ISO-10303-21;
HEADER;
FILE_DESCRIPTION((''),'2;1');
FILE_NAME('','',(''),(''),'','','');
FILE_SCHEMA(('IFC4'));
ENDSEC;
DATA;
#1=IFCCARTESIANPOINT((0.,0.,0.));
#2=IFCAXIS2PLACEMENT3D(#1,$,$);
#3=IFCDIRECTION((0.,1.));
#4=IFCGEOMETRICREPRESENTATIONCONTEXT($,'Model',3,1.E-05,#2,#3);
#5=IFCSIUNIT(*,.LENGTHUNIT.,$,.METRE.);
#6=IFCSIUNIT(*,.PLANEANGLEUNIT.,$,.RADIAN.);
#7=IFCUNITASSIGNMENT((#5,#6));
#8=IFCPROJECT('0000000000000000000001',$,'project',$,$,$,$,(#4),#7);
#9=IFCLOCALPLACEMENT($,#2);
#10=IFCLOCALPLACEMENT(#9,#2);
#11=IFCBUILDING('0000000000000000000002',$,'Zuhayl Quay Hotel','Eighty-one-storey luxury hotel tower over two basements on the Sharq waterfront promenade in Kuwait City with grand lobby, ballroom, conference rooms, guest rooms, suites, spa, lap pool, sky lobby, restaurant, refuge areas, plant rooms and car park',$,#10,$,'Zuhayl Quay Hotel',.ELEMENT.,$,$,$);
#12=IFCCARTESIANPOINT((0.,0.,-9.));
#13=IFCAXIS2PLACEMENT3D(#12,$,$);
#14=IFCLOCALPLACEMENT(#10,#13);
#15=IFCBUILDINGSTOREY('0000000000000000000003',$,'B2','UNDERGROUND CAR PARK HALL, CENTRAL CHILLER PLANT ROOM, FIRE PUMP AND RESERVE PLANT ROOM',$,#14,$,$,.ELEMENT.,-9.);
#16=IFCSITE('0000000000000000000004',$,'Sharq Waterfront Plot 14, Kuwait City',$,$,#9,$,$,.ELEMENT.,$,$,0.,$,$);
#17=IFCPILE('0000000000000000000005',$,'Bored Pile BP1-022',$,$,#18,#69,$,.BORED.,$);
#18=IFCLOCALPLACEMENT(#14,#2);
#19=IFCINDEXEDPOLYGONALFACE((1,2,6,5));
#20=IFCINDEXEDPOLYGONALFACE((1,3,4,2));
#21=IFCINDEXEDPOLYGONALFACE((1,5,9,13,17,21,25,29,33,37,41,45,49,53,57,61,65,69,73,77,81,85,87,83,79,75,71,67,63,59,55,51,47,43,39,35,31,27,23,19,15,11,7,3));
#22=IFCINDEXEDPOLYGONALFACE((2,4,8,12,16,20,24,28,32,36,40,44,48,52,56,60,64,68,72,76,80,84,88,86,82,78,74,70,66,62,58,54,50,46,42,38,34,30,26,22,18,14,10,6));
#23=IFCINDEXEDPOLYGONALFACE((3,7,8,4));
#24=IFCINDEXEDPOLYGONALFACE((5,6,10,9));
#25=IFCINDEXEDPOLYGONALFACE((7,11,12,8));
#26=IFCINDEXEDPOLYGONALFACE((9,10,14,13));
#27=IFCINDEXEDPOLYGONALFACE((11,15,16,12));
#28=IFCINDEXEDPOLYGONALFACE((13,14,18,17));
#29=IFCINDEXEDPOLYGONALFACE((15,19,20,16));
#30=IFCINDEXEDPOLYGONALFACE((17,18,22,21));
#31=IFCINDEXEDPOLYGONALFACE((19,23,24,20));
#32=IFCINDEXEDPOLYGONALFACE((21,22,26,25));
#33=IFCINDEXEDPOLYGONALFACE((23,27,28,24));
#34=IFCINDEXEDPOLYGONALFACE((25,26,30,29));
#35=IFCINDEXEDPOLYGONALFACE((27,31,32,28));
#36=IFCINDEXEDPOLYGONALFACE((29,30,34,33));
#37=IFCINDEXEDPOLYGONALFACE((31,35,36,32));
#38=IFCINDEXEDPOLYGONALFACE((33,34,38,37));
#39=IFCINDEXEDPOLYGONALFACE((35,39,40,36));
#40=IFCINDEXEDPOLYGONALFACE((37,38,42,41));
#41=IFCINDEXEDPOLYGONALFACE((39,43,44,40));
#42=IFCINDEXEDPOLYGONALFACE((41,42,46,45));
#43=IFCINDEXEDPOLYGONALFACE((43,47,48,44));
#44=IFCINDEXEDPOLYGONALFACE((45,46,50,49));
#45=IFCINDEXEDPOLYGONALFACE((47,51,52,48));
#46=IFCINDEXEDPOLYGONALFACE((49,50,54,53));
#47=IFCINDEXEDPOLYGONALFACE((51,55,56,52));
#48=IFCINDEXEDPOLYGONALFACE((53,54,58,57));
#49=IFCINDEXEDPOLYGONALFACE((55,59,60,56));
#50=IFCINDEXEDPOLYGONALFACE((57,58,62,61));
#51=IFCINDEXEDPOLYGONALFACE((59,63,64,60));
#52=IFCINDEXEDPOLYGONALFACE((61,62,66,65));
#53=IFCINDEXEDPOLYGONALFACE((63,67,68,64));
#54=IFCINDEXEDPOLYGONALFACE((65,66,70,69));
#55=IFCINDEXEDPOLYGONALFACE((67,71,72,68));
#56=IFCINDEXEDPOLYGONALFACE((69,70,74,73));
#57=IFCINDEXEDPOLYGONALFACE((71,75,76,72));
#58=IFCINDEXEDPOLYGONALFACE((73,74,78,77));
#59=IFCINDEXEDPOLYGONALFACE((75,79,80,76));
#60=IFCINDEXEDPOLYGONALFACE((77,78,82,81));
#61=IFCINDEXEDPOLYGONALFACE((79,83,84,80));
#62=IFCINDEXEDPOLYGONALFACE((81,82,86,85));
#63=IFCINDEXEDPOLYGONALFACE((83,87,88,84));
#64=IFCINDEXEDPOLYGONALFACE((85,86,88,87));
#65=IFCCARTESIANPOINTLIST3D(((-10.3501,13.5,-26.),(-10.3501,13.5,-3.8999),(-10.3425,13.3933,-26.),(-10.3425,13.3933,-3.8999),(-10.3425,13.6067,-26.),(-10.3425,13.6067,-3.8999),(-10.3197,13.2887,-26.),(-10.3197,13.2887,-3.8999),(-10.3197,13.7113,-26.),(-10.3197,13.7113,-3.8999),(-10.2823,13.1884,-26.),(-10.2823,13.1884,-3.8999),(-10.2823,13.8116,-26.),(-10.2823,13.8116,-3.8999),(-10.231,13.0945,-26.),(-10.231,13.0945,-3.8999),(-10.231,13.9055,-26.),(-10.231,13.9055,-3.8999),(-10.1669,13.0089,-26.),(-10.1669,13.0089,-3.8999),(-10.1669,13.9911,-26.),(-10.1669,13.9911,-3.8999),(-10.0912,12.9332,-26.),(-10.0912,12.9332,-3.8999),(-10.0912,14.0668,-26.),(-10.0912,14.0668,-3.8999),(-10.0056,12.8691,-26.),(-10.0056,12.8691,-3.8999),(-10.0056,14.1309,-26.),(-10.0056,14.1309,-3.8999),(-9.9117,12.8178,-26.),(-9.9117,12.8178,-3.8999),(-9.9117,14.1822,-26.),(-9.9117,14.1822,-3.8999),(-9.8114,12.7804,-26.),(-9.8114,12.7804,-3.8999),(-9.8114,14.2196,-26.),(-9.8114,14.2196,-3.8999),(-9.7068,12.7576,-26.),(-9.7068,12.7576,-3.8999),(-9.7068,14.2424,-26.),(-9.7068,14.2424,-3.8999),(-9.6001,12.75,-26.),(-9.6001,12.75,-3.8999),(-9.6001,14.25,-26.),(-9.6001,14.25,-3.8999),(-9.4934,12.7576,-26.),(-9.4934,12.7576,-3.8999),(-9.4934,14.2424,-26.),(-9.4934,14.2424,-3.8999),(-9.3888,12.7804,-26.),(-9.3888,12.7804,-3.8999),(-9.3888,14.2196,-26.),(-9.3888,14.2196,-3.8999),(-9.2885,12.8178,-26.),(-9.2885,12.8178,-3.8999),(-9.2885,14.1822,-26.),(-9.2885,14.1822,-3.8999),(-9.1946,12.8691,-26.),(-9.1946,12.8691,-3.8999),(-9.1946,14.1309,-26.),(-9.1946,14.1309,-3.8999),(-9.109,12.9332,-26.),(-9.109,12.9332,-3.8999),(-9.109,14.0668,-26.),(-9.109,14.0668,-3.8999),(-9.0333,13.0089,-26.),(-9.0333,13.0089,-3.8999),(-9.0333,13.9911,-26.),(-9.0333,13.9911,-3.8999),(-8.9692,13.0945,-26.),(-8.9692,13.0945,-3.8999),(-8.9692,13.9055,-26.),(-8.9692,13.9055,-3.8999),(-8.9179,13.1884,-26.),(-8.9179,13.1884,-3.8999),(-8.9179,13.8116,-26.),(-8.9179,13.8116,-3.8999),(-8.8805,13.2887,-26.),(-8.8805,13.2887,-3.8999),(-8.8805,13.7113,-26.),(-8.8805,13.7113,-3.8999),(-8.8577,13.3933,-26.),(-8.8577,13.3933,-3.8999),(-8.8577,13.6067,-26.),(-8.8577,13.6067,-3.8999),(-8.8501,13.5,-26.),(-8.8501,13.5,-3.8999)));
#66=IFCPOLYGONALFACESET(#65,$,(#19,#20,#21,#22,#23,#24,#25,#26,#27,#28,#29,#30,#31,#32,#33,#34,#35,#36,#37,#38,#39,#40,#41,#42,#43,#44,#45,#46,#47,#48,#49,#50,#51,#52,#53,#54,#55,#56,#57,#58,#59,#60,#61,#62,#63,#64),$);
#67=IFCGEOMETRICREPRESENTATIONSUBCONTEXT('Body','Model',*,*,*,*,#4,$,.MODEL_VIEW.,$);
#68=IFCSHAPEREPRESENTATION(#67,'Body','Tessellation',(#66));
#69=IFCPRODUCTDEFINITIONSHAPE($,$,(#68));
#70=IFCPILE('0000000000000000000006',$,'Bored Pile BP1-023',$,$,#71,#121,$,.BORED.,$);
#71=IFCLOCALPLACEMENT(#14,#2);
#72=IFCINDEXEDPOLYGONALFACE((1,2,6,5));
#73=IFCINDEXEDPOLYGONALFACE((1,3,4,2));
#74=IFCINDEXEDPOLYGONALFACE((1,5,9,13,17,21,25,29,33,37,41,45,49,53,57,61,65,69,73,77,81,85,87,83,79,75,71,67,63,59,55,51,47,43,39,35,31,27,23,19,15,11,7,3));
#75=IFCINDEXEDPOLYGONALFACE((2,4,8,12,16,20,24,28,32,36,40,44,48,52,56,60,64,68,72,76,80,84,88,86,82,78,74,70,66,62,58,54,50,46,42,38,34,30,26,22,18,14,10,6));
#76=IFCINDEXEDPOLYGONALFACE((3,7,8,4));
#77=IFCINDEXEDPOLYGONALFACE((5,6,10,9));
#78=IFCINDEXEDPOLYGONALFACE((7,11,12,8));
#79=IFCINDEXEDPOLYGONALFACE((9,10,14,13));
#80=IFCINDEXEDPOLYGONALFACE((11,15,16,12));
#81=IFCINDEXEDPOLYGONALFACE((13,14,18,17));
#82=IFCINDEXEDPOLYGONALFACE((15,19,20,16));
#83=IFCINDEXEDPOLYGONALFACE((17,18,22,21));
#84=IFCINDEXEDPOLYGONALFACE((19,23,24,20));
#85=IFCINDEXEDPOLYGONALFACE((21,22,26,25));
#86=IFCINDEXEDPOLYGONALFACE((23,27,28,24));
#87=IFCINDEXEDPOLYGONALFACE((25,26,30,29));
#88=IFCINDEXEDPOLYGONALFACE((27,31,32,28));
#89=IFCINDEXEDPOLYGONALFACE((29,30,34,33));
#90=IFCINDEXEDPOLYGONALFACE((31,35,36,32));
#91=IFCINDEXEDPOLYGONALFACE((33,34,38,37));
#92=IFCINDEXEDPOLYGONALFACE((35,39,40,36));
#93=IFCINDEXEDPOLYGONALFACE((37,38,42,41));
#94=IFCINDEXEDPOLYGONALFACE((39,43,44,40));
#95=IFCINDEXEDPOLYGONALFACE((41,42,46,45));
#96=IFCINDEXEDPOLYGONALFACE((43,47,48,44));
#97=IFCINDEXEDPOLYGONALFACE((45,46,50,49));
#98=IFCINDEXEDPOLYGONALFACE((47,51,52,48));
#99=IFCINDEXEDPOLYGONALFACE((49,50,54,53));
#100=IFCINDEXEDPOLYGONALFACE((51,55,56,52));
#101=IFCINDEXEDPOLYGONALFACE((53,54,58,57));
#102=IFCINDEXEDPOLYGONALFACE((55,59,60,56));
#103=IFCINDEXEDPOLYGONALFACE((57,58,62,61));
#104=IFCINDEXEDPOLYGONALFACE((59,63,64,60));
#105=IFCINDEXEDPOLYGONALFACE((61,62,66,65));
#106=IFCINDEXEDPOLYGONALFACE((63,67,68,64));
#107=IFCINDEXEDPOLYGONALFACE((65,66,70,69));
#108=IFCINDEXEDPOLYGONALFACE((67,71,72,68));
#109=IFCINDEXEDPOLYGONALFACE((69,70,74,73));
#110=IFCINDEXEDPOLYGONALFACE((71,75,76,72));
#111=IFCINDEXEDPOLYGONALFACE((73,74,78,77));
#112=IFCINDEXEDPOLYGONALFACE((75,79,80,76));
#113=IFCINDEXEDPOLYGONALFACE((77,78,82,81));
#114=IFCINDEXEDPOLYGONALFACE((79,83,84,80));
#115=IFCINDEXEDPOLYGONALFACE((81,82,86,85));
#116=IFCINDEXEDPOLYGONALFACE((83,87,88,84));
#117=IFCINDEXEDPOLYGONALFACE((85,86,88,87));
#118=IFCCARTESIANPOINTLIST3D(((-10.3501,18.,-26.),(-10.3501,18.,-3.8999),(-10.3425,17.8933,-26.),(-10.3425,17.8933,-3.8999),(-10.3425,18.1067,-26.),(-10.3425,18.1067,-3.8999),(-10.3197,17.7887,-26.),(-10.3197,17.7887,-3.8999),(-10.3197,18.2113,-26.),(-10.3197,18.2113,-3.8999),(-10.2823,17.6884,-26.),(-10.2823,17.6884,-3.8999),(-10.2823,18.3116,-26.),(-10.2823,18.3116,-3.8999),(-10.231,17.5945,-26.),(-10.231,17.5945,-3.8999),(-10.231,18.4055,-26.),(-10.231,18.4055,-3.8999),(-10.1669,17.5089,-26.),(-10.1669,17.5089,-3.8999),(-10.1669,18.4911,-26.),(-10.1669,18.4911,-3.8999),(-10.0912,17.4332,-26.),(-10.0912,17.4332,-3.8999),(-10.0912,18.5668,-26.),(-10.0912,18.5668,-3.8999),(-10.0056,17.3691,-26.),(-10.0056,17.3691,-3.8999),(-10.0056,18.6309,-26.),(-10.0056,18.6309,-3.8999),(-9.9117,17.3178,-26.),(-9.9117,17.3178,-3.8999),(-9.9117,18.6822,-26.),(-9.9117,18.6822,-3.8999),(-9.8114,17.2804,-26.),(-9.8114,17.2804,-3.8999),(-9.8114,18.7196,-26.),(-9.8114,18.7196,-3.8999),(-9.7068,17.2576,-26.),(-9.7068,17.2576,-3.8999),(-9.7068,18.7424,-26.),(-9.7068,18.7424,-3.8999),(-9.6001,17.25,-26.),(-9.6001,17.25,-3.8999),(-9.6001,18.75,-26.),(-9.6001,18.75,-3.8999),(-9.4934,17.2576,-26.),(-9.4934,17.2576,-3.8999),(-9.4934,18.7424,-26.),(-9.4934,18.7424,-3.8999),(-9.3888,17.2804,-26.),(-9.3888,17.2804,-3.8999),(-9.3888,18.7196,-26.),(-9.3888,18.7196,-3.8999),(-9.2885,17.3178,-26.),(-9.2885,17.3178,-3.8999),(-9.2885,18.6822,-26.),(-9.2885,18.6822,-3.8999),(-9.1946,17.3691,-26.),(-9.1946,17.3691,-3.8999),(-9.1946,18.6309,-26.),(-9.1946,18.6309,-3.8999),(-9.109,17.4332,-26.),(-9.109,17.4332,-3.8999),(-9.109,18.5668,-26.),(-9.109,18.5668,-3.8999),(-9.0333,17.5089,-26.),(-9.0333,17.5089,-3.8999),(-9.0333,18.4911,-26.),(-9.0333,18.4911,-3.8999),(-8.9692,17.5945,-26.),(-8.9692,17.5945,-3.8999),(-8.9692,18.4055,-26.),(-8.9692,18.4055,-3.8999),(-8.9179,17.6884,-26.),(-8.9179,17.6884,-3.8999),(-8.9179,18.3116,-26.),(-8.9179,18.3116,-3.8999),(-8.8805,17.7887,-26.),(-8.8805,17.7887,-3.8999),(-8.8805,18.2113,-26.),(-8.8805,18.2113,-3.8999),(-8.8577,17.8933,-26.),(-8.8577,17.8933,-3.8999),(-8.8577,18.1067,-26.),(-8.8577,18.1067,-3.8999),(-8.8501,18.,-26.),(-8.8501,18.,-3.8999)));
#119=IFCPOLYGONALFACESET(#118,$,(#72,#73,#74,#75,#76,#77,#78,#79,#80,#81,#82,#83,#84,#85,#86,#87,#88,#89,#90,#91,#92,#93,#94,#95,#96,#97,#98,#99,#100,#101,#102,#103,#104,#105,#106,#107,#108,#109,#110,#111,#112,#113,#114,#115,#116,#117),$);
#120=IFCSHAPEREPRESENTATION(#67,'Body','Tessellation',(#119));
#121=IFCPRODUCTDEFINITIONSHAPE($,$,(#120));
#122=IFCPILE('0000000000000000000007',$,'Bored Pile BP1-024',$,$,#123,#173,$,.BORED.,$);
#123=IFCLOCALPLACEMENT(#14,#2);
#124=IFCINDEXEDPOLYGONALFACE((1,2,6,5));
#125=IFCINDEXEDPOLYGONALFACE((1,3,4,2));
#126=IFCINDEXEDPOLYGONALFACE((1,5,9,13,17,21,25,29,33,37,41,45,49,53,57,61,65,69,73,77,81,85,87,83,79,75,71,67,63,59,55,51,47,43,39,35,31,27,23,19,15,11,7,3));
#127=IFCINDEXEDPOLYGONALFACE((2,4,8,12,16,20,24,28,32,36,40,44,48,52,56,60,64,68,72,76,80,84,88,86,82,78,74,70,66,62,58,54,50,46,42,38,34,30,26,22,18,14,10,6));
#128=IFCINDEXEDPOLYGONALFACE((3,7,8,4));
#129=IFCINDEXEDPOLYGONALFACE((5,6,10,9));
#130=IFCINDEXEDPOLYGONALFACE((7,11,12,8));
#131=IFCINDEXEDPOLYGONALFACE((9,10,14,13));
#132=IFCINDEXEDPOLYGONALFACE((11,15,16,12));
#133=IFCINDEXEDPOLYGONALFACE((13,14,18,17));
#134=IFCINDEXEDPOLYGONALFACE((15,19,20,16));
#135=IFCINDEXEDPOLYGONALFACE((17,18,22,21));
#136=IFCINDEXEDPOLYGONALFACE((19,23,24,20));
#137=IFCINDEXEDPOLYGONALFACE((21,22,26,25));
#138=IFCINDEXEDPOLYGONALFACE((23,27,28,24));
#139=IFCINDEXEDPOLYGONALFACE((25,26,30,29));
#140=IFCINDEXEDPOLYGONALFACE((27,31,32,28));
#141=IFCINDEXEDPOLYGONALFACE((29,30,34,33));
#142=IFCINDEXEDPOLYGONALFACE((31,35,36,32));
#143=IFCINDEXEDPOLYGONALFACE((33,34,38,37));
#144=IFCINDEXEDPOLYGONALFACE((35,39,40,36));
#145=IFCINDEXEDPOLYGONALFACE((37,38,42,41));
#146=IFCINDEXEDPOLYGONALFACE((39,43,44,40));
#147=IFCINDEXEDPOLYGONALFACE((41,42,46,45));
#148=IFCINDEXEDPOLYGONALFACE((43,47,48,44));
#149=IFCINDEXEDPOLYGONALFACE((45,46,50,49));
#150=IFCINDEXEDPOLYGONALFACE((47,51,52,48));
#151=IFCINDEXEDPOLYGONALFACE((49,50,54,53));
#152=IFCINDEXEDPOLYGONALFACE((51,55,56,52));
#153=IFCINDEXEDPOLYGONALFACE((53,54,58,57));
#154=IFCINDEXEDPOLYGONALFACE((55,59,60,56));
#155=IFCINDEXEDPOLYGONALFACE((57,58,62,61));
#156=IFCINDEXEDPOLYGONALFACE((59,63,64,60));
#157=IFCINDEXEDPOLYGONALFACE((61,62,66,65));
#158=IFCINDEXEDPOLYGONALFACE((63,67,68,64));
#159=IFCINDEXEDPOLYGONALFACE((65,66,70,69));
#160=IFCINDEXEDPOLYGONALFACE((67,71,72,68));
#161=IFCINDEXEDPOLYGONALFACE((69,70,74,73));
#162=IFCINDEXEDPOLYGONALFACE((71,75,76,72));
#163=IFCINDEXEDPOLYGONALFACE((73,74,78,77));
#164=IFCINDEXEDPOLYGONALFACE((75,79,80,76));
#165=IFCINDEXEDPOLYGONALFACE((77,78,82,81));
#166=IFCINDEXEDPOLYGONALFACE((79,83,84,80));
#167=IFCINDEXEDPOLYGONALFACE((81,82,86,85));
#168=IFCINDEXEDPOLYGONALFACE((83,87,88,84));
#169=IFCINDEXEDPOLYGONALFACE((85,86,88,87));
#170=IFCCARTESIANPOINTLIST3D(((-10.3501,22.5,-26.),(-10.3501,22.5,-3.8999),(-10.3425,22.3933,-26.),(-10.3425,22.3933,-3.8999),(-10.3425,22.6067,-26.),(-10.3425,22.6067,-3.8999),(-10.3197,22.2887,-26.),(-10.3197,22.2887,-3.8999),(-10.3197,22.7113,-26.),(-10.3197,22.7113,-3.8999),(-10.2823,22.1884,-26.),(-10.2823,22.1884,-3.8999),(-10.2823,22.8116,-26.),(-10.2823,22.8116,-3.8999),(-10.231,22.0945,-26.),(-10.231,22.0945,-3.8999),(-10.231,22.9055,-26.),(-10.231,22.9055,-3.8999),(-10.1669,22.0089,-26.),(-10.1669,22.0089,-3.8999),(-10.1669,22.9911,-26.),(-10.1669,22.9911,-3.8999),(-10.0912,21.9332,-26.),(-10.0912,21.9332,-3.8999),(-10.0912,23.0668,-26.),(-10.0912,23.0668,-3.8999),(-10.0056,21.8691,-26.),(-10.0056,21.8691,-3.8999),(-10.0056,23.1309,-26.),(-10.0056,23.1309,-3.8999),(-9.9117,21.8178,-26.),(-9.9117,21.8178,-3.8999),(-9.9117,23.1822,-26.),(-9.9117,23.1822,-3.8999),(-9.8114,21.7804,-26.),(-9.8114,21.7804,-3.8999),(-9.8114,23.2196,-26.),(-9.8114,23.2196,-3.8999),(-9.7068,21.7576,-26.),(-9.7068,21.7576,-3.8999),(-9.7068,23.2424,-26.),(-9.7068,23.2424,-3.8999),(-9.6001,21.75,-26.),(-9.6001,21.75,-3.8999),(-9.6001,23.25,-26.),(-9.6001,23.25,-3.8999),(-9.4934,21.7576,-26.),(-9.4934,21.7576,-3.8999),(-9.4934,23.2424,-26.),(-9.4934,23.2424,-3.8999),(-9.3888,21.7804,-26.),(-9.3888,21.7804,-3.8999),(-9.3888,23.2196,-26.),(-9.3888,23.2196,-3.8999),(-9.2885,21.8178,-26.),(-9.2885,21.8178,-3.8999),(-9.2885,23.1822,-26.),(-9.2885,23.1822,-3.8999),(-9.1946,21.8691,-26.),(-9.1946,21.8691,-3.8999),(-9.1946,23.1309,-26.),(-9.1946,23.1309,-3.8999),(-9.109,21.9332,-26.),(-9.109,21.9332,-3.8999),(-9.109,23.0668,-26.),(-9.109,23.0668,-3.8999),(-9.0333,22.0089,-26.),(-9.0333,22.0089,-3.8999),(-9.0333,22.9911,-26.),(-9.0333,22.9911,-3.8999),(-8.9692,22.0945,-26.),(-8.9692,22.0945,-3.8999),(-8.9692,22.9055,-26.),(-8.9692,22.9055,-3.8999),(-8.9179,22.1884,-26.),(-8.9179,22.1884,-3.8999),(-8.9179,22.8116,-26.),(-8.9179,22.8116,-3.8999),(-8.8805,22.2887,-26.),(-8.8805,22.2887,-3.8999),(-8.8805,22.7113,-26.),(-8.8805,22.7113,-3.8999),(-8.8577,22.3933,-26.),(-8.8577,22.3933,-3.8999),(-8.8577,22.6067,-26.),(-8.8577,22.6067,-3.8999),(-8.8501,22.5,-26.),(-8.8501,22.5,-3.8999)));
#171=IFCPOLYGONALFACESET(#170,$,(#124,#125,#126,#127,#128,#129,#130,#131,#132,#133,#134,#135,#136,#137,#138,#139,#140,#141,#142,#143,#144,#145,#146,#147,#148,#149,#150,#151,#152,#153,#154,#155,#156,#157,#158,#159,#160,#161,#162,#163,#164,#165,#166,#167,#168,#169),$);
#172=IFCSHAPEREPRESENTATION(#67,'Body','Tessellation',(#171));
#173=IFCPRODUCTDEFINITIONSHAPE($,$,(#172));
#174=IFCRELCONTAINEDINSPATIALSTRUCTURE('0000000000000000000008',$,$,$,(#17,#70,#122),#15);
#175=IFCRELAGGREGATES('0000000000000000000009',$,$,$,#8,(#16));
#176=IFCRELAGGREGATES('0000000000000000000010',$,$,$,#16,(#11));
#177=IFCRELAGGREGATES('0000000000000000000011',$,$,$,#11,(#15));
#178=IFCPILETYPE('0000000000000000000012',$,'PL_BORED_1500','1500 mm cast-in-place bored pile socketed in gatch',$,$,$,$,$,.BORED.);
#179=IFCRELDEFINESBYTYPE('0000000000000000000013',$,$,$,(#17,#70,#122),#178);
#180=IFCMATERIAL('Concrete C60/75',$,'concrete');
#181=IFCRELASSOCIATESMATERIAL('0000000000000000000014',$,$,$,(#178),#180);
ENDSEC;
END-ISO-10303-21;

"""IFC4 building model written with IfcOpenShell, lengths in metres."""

from ifc_helpers import new_model, si_unit, direction, frame, origin, origin_2d, place, context, subcontext, project, spatial, circle, extrude, material, material_profile, profile_set, type_object, element, save


model = new_model("IFC4")

# Units and contexts
model_context = context("Model", 3, precision=1e-05, world=origin(), true_north=direction((0.0, 1.0)))
body_context = subcontext(model_context, "Body", "Model", "MODEL_VIEW")
ifc_project = project(units=[si_unit("LENGTHUNIT", "METRE"), si_unit("PLANEANGLEUNIT", "RADIAN")], contexts=[model_context])

# Site, building, storey
site_placement = place(None, origin())
site = spatial("IfcSite", under=ifc_project, at=site_placement, Name="Sharq Waterfront Plot 14, Kuwait City", CompositionType="ELEMENT", RefElevation=0.0)
building_placement = place(site_placement, origin())
building = spatial("IfcBuilding", under=site, at=building_placement, Name="Zuhayl Quay Hotel", Description="Eighty-one-storey luxury hotel tower over two basements on the Sharq waterfront promenade in Kuwait City with grand lobby, ballroom, conference rooms, guest rooms, suites, spa, lap pool, sky lobby, restaurant, refuge areas, plant rooms and car park", LongName="Zuhayl Quay Hotel", CompositionType="ELEMENT")
storey_placement = place(building_placement, frame((0.0, 0.0, -9.0)))
storey = spatial("IfcBuildingStorey", under=building, at=storey_placement, Name="B2", Description="UNDERGROUND CAR PARK HALL, CENTRAL CHILLER PLANT ROOM, FIRE PUMP AND RESERVE PLANT ROOM", CompositionType="ELEMENT", Elevation=-9.0)

# Piles
ifc_material_1 = material(Name="Concrete C60/75", Category="concrete")
ifc_material_profile_1 = material_profile(ifc_material_1, circle(Radius=0.75, at=origin_2d()), Name="PILE1500")
ifc_profile_set_1 = profile_set([ifc_material_profile_1], Name="Concrete C60/75")
pile_type = type_object("IfcPileType", Name="PL_BORED_1500", Description="1500 mm cast-in-place bored pile socketed in gatch", PredefinedType="BORED", material=ifc_profile_set_1)
for number, where, z_axis, x_axis, name in (
    (1, (-9.6001, 13.5, -3.8999), (0.0, 0.0, -1.0), (1.0, 0.0, 0.0), "Bored Pile BP1-022"),
    (2, (-9.6001, 18.0, -3.8999), (0.0, 0.0, -1.0), (1.0, 0.0, 0.0), "Bored Pile BP1-023"),
    (3, (-9.6001, 22.5, -3.8999), (0.0, 0.0, -1.0), (1.0, 0.0, 0.0), "Bored Pile BP1-024"),
):
    element("IfcPile", number, at=place(storey_placement, frame(where, z_axis=z_axis, x_axis=x_axis)), inside=storey, type_object=pile_type, Name=name, PredefinedType="BORED", context=body_context, shape_type="SweptSolid", body=[
        extrude(circle(Radius=0.75, at=origin_2d()), origin(), (0.0, 0.0, 1.0), 22.1001),
    ])

save(model, "model.ifc")
